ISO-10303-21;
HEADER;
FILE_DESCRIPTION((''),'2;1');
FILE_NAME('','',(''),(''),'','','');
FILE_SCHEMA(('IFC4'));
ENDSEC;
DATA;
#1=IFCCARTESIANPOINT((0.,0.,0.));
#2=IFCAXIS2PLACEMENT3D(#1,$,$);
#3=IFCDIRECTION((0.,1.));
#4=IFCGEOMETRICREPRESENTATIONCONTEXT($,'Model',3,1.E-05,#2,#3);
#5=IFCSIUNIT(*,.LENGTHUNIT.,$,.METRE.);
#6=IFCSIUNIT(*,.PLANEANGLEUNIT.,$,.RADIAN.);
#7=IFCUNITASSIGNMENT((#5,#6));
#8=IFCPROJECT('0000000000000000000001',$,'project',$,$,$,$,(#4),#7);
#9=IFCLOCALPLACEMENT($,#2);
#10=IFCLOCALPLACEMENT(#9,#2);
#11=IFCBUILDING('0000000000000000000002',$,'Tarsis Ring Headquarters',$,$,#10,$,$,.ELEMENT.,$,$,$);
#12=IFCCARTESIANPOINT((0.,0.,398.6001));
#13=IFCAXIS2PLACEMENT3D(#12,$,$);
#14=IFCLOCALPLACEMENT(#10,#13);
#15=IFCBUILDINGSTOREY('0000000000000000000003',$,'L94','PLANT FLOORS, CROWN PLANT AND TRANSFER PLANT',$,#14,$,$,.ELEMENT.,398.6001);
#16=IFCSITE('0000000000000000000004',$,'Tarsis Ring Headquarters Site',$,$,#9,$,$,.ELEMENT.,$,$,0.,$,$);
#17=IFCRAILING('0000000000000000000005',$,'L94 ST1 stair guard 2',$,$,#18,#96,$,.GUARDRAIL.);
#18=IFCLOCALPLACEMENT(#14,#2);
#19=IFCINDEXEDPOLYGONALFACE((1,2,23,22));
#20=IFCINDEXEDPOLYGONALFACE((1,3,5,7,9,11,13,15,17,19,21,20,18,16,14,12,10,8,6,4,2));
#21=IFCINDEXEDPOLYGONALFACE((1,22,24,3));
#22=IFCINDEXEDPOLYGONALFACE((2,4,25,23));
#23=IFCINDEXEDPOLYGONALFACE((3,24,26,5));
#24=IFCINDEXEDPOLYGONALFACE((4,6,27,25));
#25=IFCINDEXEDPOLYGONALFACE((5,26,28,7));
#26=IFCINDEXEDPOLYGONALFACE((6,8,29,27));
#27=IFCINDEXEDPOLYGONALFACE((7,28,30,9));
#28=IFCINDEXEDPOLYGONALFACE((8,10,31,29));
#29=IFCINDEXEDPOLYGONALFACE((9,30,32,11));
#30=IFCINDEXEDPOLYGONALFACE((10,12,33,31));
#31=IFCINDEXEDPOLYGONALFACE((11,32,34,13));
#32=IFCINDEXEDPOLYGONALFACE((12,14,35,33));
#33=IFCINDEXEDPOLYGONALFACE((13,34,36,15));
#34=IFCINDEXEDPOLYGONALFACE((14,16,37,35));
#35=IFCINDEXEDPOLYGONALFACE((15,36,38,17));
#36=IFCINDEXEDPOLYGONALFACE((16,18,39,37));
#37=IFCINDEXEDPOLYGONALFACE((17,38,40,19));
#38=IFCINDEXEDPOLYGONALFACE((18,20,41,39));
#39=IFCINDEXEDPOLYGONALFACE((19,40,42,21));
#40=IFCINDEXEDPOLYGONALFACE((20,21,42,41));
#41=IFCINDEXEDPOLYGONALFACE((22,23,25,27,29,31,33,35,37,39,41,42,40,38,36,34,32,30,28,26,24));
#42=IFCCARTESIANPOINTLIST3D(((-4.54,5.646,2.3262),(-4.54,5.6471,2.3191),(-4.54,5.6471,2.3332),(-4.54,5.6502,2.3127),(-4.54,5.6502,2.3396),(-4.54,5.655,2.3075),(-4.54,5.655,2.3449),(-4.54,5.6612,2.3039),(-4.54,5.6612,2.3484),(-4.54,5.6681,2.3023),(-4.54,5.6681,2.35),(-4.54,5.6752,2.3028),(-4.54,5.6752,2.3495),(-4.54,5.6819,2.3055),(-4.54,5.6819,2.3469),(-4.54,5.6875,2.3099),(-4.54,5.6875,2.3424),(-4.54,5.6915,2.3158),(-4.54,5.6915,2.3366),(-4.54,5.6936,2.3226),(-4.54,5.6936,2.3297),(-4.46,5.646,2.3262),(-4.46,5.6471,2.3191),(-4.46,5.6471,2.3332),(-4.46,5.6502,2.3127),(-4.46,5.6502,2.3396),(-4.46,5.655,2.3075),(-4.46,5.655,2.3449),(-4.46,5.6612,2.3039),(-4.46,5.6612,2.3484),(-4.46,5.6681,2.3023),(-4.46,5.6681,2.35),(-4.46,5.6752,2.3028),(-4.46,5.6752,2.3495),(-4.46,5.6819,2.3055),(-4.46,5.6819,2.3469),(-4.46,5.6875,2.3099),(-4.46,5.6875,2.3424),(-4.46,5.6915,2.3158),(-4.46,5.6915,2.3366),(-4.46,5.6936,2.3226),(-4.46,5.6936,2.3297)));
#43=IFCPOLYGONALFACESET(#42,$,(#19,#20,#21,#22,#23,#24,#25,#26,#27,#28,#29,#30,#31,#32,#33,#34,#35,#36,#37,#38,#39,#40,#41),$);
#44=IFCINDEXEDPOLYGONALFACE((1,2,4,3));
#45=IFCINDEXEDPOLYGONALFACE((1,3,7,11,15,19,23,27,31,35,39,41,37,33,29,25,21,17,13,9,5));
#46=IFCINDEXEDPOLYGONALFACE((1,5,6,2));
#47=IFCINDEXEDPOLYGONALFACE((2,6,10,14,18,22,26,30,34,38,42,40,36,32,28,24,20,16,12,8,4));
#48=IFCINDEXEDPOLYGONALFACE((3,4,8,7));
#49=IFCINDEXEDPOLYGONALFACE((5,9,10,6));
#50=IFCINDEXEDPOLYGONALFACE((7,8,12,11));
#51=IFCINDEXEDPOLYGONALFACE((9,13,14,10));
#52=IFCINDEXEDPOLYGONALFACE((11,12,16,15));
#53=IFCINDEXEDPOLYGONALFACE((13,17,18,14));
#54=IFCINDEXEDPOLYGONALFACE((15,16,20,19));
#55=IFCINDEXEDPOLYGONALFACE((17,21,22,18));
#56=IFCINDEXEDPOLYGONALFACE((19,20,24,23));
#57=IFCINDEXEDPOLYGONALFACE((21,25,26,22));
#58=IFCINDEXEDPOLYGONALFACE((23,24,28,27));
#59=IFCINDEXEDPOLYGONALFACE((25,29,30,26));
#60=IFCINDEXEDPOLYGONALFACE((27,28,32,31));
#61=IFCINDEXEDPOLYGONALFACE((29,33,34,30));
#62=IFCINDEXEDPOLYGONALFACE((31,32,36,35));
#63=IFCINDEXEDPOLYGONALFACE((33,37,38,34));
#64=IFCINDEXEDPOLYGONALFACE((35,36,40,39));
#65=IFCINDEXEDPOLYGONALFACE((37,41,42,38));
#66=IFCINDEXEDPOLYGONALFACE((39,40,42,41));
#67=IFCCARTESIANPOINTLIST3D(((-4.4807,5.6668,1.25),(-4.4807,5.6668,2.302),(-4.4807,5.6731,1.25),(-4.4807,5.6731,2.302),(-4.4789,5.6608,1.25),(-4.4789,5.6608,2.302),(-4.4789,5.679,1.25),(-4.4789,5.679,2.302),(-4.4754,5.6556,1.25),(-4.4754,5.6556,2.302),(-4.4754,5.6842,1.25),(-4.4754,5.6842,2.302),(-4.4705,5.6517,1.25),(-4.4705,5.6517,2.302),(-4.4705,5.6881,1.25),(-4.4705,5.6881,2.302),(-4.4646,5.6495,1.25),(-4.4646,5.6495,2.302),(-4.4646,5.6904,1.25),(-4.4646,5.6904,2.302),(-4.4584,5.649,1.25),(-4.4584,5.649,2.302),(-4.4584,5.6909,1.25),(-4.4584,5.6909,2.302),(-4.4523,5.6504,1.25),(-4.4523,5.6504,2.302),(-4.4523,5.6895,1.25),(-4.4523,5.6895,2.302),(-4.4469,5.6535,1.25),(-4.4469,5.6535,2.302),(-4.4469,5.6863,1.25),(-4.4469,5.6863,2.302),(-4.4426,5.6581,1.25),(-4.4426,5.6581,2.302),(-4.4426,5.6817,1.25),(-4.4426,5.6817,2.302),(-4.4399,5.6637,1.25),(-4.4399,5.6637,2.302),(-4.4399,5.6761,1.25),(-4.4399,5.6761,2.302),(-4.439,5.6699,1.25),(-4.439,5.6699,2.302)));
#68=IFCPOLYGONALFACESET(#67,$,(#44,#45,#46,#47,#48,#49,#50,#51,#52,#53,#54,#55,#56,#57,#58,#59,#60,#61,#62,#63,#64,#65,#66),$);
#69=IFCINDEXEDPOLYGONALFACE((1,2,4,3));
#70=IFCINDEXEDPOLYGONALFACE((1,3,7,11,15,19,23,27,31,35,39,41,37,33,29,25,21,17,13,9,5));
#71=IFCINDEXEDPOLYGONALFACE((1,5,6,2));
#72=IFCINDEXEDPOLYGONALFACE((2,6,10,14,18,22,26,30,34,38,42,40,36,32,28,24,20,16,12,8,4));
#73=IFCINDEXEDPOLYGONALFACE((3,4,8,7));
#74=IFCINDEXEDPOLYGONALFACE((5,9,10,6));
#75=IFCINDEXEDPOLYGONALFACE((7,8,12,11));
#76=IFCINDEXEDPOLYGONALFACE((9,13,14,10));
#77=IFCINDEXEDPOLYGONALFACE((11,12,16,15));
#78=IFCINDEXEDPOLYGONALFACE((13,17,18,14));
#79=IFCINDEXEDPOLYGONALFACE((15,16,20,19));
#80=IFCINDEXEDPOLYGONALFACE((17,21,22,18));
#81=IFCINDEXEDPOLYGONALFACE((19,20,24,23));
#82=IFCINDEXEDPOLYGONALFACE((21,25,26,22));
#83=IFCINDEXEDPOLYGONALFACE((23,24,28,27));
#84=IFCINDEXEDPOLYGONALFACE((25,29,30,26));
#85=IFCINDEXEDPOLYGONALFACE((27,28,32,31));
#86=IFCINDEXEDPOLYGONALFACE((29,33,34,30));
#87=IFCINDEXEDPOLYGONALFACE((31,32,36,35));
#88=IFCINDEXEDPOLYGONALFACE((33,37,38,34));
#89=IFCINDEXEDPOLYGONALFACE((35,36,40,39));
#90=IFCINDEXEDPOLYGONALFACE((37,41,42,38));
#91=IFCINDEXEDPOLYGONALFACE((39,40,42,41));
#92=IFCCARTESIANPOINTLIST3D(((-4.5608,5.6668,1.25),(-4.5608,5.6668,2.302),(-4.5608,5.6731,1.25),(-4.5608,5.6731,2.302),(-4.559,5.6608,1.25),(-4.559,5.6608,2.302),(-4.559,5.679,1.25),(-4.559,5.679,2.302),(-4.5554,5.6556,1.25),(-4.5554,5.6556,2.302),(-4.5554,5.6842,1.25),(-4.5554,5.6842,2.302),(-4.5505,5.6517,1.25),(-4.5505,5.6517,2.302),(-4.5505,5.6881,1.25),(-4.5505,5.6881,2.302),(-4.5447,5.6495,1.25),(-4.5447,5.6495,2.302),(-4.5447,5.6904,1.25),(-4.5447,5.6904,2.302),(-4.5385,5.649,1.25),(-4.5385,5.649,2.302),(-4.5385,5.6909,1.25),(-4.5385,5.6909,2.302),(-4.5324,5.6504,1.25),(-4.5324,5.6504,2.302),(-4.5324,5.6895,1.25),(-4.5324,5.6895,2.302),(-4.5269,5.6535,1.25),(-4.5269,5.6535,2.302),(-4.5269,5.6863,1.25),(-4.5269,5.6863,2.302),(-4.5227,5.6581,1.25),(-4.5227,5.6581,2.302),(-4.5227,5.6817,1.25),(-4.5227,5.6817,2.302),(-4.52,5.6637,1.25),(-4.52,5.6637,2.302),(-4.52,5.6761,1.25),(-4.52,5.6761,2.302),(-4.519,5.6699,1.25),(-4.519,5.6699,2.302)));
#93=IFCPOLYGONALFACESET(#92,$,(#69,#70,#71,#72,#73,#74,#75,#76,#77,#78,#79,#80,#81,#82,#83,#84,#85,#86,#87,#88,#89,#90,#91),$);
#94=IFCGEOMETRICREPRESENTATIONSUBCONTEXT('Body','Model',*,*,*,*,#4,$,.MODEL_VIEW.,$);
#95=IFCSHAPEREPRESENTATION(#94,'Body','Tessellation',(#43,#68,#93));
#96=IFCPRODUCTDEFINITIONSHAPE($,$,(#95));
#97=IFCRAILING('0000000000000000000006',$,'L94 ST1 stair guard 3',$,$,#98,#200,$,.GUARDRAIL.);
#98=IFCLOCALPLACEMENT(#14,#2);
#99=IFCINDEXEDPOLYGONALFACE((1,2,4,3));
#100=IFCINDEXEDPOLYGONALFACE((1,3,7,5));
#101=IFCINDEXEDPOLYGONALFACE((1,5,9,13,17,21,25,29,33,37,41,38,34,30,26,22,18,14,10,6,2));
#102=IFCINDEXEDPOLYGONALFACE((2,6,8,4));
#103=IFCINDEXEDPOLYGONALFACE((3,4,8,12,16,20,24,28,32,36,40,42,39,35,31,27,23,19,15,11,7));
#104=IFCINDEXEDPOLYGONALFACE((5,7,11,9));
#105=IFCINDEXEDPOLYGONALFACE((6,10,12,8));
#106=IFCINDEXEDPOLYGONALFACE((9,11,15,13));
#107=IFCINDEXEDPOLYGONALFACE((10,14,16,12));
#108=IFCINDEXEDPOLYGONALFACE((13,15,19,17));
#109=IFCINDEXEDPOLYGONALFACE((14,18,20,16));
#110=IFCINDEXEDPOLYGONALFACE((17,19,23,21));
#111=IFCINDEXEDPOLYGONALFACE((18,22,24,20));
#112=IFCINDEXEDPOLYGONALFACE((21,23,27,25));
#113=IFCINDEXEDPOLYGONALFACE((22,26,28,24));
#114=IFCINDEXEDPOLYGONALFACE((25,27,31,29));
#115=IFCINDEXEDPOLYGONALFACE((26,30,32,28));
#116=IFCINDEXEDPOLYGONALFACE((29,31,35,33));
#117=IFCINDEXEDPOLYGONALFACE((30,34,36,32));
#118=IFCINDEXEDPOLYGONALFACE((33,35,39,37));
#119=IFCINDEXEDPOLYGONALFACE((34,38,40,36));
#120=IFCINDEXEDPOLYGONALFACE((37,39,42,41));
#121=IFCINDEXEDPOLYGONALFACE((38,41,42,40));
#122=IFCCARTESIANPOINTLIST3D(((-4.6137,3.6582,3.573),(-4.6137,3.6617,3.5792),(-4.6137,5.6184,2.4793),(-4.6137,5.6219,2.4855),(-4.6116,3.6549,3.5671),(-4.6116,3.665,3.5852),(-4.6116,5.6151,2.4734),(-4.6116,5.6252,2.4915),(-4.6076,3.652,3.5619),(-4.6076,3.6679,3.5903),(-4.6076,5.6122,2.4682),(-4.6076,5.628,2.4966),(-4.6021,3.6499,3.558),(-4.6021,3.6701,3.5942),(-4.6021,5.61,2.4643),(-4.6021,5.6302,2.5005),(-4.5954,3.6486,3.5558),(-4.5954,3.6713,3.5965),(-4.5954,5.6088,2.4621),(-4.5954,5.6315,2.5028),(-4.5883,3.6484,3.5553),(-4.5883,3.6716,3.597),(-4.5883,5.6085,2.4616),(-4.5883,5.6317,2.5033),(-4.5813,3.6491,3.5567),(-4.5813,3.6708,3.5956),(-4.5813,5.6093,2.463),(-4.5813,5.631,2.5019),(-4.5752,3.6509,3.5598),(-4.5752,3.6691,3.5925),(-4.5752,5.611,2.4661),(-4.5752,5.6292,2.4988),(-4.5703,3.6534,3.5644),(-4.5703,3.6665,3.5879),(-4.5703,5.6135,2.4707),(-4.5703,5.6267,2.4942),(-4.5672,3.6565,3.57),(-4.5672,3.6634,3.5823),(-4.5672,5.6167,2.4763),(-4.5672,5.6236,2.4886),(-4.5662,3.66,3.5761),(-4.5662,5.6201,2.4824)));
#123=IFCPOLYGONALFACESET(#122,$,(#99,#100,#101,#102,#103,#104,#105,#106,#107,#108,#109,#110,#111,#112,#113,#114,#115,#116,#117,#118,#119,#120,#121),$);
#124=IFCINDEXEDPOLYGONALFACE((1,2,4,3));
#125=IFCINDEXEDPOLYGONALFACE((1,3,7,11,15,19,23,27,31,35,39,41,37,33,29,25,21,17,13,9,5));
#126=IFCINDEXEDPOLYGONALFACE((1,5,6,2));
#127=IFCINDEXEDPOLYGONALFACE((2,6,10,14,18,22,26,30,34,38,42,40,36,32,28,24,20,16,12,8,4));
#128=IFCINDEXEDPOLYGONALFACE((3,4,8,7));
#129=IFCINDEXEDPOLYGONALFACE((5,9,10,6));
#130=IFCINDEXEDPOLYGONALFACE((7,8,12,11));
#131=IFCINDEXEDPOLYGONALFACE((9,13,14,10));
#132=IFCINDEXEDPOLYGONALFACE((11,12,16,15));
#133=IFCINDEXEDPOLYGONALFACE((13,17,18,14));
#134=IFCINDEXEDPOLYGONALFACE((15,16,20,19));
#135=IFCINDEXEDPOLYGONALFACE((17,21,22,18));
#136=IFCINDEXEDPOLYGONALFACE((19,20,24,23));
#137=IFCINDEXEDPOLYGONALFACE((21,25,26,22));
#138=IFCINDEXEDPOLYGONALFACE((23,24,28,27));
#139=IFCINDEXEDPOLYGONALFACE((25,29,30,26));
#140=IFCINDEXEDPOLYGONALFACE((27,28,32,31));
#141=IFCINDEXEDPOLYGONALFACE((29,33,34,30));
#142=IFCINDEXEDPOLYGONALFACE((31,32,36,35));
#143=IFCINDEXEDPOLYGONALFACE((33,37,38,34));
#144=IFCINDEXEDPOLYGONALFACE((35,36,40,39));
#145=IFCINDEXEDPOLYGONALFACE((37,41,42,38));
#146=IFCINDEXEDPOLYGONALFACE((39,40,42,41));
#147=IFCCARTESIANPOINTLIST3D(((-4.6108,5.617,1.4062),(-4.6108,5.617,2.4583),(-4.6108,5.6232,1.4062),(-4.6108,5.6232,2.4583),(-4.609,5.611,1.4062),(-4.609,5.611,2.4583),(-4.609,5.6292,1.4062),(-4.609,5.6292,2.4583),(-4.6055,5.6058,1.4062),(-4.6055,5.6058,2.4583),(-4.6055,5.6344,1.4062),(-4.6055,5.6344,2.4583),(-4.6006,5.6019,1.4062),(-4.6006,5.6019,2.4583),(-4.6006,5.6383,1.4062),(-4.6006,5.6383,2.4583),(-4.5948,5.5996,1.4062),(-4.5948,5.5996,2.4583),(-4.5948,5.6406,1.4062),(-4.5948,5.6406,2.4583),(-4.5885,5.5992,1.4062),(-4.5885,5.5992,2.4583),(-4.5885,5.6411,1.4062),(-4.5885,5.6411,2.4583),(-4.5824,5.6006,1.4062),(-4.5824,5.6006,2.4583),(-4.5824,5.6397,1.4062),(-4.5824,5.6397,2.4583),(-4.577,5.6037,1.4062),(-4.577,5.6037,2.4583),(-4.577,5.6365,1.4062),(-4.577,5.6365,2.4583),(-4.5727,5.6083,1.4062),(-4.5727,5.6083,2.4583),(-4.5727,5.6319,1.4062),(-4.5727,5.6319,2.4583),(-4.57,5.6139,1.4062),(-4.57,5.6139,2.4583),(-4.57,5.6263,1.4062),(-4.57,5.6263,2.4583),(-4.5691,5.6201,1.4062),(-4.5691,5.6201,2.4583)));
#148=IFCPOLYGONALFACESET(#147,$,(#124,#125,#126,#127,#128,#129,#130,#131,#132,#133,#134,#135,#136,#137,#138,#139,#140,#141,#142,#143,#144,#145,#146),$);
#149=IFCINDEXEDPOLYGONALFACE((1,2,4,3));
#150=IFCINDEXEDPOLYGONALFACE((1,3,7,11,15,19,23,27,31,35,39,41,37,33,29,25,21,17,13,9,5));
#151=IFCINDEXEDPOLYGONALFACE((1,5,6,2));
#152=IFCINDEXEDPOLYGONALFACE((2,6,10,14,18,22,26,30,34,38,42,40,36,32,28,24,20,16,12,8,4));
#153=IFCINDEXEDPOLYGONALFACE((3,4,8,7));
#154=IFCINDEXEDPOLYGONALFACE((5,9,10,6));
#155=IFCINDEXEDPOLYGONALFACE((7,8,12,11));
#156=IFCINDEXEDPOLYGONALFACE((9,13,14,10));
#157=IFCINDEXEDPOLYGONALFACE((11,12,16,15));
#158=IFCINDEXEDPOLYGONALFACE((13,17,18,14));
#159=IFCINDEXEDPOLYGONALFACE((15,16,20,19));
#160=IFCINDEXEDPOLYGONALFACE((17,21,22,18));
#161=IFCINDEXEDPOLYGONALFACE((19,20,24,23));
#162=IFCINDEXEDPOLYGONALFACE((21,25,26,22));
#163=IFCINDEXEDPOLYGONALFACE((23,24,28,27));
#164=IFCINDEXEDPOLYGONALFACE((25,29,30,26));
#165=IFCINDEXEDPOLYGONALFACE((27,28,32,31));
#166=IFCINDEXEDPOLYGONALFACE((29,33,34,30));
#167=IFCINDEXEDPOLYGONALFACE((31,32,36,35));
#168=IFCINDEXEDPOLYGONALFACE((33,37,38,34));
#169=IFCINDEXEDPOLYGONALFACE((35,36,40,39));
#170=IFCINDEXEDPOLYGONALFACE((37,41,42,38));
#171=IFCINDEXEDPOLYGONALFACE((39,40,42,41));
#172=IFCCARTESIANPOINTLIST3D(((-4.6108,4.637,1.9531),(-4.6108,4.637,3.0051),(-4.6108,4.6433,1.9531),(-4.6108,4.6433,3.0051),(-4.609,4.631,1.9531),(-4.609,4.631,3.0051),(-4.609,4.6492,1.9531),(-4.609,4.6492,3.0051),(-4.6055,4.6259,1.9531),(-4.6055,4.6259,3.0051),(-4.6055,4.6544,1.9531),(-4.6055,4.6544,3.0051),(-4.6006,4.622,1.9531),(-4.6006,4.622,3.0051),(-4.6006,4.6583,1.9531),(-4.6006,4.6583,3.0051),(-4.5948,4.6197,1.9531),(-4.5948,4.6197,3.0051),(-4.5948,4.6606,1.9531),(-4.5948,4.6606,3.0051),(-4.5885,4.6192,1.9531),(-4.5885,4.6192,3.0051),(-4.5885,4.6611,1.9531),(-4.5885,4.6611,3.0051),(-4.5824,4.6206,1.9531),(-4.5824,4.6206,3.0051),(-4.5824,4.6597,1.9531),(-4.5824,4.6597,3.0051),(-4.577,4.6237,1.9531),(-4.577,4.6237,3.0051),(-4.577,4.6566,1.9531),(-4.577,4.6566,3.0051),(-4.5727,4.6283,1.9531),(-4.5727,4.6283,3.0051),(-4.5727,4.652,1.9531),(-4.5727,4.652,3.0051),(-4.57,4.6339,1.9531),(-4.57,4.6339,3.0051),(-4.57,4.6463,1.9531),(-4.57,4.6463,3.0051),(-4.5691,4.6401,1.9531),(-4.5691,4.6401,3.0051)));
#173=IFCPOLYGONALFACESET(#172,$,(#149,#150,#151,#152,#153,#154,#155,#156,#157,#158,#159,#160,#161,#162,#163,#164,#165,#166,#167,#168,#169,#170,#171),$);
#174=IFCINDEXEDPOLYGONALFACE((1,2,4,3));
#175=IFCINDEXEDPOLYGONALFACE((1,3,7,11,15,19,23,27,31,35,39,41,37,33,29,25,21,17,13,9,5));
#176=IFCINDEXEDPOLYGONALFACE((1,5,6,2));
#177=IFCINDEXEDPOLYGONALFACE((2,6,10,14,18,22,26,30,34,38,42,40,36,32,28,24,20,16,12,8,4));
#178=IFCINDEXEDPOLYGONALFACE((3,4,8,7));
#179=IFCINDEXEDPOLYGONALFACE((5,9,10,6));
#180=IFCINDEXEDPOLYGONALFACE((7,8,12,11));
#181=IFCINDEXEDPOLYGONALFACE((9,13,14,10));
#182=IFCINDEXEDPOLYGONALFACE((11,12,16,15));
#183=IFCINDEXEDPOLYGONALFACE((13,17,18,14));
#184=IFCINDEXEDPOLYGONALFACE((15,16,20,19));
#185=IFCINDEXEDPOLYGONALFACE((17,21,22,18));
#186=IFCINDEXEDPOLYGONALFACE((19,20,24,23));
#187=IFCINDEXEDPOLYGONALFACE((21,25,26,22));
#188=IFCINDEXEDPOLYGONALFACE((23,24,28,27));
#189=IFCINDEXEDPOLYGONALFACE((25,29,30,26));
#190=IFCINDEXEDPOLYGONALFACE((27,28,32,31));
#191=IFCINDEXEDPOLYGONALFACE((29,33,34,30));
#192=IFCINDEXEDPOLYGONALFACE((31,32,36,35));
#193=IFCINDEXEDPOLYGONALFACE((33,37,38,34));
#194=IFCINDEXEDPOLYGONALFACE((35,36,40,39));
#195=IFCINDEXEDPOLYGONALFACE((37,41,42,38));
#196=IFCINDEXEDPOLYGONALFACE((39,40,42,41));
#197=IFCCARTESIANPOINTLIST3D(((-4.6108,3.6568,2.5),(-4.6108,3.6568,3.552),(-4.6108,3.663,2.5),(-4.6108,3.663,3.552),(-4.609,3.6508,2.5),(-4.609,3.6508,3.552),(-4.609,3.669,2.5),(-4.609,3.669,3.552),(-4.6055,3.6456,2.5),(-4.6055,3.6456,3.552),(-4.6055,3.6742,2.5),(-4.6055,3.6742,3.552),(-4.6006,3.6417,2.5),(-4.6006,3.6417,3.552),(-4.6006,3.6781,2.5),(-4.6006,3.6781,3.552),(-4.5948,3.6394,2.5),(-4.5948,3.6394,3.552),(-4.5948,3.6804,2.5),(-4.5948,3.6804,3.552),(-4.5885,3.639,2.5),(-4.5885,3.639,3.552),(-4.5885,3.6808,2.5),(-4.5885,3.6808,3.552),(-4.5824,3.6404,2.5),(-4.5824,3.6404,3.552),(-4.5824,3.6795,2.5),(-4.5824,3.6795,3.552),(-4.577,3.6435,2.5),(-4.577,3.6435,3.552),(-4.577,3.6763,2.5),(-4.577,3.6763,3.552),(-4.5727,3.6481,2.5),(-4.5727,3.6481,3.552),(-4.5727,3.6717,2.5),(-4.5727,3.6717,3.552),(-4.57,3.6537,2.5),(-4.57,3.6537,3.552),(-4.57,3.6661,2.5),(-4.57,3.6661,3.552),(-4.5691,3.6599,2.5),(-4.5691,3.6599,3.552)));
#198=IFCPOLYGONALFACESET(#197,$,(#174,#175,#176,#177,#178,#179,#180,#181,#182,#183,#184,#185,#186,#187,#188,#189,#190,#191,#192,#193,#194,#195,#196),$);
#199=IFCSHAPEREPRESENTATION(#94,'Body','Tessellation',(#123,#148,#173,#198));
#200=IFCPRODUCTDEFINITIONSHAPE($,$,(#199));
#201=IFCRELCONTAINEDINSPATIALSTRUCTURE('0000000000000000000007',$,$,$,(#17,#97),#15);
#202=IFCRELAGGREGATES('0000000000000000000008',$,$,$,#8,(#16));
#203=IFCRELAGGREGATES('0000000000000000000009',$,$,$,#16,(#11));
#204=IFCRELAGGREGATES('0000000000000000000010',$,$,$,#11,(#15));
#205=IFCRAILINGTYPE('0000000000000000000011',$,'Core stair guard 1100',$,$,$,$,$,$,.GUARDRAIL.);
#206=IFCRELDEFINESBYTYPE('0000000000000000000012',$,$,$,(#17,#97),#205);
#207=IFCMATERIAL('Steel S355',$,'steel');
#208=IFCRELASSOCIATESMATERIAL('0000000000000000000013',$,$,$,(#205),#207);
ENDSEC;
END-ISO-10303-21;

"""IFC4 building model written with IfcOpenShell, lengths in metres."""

from ifc_helpers import new_model, si_unit, direction, frame, origin, origin_2d, place, context, subcontext, project, spatial, circle, extrude, material, type_object, element, save


model = new_model("IFC4")

# Units and contexts
model_context = context("Model", 3, precision=1e-05, world=origin(), true_north=direction((0.0, 1.0)))
body_context = subcontext(model_context, "Body", "Model", "MODEL_VIEW")
ifc_project = project(units=[si_unit("LENGTHUNIT", "METRE"), si_unit("PLANEANGLEUNIT", "RADIAN")], contexts=[model_context])

# Site, building, storey
site_placement = place(None, origin())
site = spatial("IfcSite", under=ifc_project, at=site_placement, Name="Tarsis Ring Headquarters Site", CompositionType="ELEMENT", RefElevation=0.0)
building_placement = place(site_placement, origin())
building = spatial("IfcBuilding", under=site, at=building_placement, Name="Tarsis Ring Headquarters", CompositionType="ELEMENT")
storey_placement = place(building_placement, frame((0.0, 0.0, 398.6001)))
storey = spatial("IfcBuildingStorey", under=building, at=storey_placement, Name="L94", Description="PLANT FLOORS, CROWN PLANT AND TRANSFER PLANT", CompositionType="ELEMENT", Elevation=398.6001)

# Shared definitions
ifc_material_1 = material(Name="Steel S355", Category="steel")

# Railings
railing_type_1 = type_object("IfcRailingType", Name="Core stair guard 1100", PredefinedType="GUARDRAIL", material=ifc_material_1)
railing_1_placement = place(storey_placement, frame((-4.46, 5.6699, 1.25)))
element("IfcRailing", 1, at=railing_1_placement, inside=storey, type_object=railing_type_1, Name="L94 ST1 stair guard 2", PredefinedType="GUARDRAIL", context=body_context, shape_type="SweptSolid", body=[
    extrude(circle(Radius=0.0239, at=origin_2d()), frame((0.0, 0.0, 1.0762), z_axis=(-1.0, 0.0, 0.0), x_axis=(0.0, -1.0, 0.0)), (0.0, 0.0, 1.0), 0.0801),
    extrude(circle(Radius=0.021, at=origin_2d()), origin(), (0.0, 0.0, 1.0), 1.052),
    extrude(circle(Radius=0.021, at=origin_2d()), frame((-0.0801, 0.0, 0.0)), (0.0, 0.0, 1.0), 1.052),
])
railing_2_placement = place(storey_placement, frame((-4.5901, 5.6201, 1.4062)))
element("IfcRailing", 2, at=railing_2_placement, inside=storey, type_object=railing_type_1, Name="L94 ST1 stair guard 3", PredefinedType="GUARDRAIL", context=body_context, shape_type="SweptSolid", body=[
    extrude(circle(Radius=0.0239, at=origin_2d()), frame((0.0, 0.0, 1.0762), z_axis=(0.0, -0.873258, 0.487258), x_axis=(1.0, 0.0, 0.0)), (0.0, 0.0, 1.0), 2.2446),
    extrude(circle(Radius=0.021, at=origin_2d()), origin(), (0.0, 0.0, 1.0), 1.052),
    extrude(circle(Radius=0.021, at=origin_2d()), frame((0.0, -0.98, 0.5469)), (0.0, 0.0, 1.0), 1.052),
    extrude(circle(Radius=0.021, at=origin_2d()), frame((0.0, -1.9602, 1.0938)), (0.0, 0.0, 1.0), 1.052),
])

save(model, "model.ifc")
